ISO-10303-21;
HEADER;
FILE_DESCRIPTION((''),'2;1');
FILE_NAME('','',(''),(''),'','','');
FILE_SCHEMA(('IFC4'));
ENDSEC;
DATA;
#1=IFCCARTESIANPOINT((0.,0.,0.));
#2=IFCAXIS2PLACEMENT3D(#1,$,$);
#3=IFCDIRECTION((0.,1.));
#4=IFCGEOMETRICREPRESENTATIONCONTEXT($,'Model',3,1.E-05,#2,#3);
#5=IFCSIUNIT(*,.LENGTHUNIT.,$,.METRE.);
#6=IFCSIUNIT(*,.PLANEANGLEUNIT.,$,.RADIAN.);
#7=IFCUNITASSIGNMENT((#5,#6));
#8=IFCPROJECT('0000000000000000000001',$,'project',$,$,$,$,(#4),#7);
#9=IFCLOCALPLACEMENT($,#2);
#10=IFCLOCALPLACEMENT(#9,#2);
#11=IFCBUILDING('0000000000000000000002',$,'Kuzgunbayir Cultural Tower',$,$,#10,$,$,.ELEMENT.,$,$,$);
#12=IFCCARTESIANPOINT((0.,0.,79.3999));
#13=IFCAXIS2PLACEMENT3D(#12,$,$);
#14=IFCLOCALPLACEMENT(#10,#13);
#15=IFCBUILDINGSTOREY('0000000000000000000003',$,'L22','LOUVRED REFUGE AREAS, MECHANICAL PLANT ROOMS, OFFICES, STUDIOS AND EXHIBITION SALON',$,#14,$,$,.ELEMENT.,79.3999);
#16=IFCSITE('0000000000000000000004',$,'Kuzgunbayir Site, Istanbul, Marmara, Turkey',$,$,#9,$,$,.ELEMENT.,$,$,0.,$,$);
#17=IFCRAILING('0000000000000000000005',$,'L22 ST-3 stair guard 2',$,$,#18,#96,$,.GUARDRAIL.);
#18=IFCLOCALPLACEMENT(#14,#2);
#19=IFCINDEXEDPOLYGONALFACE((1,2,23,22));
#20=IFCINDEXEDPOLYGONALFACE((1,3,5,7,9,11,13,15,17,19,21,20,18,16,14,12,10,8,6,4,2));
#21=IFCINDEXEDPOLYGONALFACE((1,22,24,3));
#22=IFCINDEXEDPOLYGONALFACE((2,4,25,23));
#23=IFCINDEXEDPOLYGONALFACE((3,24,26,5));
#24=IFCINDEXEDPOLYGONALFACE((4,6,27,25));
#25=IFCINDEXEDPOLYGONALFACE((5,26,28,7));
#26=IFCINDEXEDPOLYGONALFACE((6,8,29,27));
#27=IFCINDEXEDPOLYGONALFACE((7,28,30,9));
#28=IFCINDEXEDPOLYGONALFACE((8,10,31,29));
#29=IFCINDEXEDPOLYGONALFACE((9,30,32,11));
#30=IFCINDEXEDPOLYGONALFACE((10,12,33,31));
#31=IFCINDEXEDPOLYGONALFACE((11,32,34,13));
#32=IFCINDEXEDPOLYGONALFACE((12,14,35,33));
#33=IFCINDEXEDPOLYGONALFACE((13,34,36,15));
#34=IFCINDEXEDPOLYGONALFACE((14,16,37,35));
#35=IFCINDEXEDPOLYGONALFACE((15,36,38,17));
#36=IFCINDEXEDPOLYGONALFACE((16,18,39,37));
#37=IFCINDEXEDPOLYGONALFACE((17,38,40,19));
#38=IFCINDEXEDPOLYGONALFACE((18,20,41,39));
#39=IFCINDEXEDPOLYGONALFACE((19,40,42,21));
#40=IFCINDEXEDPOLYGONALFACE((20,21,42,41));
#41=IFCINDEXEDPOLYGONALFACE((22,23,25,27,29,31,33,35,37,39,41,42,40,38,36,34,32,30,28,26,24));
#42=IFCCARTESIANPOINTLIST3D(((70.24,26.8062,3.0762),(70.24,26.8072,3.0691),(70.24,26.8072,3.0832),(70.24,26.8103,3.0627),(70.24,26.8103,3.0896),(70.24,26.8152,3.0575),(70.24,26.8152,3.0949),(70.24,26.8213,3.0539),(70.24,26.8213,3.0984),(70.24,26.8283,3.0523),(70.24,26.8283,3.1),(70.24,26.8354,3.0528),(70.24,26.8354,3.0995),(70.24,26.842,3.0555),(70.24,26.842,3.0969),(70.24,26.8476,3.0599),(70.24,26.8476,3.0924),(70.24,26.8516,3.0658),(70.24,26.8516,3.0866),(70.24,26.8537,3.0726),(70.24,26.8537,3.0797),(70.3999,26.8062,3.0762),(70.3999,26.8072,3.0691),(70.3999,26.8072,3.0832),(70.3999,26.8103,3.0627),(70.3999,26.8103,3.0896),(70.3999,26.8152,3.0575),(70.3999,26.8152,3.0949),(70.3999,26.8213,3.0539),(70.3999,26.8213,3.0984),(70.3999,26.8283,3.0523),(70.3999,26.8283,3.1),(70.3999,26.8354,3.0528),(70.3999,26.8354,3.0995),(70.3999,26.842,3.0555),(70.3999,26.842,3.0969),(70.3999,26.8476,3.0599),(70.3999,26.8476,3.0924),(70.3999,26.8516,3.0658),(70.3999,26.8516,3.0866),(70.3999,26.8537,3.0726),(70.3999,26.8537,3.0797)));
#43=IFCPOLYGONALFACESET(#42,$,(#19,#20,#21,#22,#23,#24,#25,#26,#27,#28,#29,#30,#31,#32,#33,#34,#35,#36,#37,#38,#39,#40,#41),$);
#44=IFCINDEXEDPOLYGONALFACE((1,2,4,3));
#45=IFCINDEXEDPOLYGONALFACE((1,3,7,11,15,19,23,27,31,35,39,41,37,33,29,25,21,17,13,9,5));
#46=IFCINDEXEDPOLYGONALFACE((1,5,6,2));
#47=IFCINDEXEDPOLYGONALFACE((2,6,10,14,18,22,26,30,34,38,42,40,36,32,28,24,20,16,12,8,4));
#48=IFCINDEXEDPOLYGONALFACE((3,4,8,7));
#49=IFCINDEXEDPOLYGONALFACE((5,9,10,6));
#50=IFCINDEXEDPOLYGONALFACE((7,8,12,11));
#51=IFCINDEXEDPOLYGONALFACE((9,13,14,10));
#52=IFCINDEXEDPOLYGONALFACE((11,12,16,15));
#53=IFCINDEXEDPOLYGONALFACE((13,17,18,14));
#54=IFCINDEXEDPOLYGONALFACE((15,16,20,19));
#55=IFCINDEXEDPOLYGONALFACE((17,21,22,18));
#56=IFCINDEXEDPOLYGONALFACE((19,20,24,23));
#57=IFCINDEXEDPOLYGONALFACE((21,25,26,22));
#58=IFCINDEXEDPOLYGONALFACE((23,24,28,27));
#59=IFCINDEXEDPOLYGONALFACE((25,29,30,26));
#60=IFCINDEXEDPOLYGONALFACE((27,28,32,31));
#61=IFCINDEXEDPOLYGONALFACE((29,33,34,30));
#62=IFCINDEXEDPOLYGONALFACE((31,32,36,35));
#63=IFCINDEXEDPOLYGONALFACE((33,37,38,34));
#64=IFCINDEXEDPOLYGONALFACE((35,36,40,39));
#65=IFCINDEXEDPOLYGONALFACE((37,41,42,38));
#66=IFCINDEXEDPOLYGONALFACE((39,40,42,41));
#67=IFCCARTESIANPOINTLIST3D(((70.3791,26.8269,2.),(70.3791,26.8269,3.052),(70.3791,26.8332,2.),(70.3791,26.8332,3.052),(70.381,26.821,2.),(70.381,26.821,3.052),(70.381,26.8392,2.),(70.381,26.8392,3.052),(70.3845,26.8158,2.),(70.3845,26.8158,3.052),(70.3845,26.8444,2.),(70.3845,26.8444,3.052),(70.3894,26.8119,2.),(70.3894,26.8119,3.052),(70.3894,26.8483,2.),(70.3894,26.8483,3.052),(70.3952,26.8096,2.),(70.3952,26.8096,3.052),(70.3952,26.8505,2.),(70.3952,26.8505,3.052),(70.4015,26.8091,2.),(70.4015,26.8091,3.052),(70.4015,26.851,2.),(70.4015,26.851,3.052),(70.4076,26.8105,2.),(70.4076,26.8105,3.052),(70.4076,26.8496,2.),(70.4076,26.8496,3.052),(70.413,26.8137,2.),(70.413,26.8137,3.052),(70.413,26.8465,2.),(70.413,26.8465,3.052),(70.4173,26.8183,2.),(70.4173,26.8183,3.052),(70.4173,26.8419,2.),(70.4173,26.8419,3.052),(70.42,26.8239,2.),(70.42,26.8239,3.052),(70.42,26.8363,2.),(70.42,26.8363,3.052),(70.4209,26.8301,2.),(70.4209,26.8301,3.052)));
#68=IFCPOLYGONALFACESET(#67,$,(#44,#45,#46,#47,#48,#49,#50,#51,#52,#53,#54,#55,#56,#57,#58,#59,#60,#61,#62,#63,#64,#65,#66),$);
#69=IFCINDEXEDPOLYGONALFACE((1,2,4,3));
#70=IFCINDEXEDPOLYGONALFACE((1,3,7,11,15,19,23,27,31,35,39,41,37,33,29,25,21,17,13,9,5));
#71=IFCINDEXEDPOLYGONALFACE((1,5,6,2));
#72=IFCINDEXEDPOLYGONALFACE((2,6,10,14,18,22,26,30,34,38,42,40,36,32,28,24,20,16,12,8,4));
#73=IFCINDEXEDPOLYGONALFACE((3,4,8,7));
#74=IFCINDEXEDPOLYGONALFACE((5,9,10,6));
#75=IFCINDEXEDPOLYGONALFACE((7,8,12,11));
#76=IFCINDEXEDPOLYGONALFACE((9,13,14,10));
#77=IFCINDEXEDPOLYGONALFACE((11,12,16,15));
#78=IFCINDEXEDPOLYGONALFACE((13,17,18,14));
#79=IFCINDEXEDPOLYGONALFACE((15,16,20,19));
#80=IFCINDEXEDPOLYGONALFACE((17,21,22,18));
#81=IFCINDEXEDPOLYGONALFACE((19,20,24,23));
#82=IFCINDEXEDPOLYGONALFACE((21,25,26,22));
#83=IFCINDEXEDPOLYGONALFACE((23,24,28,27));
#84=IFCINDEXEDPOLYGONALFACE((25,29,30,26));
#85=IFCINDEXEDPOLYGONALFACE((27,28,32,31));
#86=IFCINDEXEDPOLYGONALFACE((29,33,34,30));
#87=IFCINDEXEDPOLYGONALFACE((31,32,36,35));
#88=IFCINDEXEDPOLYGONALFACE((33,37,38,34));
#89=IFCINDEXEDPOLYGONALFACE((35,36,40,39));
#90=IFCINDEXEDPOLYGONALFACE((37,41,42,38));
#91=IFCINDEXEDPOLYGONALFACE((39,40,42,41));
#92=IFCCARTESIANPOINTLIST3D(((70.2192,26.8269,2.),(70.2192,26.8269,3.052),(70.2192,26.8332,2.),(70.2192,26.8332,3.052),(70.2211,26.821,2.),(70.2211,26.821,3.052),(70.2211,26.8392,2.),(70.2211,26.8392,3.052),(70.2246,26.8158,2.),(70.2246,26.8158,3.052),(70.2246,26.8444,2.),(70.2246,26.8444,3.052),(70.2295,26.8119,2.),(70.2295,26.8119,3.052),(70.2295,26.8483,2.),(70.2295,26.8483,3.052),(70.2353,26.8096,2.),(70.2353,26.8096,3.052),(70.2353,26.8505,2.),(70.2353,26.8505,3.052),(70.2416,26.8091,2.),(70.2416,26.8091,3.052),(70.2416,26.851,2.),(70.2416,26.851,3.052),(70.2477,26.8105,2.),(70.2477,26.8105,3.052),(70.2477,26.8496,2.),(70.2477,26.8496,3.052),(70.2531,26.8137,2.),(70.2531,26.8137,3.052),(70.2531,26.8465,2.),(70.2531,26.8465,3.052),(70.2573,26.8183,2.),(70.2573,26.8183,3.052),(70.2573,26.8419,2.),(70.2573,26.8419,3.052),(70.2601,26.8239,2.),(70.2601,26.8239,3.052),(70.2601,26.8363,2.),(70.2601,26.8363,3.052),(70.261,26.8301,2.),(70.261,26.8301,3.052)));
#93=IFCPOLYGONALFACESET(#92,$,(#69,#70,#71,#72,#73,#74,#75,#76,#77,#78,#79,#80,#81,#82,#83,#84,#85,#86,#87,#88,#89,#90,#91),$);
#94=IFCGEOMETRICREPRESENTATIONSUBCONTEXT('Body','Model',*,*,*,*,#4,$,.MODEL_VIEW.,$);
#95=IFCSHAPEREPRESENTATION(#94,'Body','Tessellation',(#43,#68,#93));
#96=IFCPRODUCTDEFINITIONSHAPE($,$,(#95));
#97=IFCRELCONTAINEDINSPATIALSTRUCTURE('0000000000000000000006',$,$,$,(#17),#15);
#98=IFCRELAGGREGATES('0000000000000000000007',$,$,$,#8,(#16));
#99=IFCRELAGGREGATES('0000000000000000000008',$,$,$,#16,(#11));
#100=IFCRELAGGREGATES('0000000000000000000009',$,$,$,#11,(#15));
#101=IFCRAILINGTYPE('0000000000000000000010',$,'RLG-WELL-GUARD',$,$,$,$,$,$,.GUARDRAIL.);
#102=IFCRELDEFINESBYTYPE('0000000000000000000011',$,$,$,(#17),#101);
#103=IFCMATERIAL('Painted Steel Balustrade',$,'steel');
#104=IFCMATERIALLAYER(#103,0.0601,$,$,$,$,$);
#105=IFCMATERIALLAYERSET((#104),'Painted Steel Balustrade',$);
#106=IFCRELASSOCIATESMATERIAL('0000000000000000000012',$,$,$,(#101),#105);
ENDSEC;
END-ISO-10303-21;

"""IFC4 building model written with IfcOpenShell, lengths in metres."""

from ifc_helpers import new_model, si_unit, direction, frame, origin, origin_2d, place, context, subcontext, project, spatial, circle, extrude, material, layer, layer_set, type_object, element, save


model = new_model("IFC4")

# Units and contexts
model_context = context("Model", 3, precision=1e-05, world=origin(), true_north=direction((0.0, 1.0)))
body_context = subcontext(model_context, "Body", "Model", "MODEL_VIEW")
ifc_project = project(units=[si_unit("LENGTHUNIT", "METRE"), si_unit("PLANEANGLEUNIT", "RADIAN")], contexts=[model_context])

# Site, building, storey
site_placement = place(None, origin())
site = spatial("IfcSite", under=ifc_project, at=site_placement, Name="Kuzgunbayir Site, Istanbul, Marmara, Turkey", CompositionType="ELEMENT", RefElevation=0.0)
building_placement = place(site_placement, origin())
building = spatial("IfcBuilding", under=site, at=building_placement, Name="Kuzgunbayir Cultural Tower", CompositionType="ELEMENT")
storey_placement = place(building_placement, frame((0.0, 0.0, 79.3999)))
storey = spatial("IfcBuildingStorey", under=building, at=storey_placement, Name="L22", Description="LOUVRED REFUGE AREAS, MECHANICAL PLANT ROOMS, OFFICES, STUDIOS AND EXHIBITION SALON", CompositionType="ELEMENT", Elevation=79.3999)

# Railing
ifc_material_1 = material(Name="Painted Steel Balustrade", Category="steel")
ifc_layer_1 = layer(ifc_material_1, 0.0601)
ifc_layer_set_1 = layer_set([ifc_layer_1], Name="Painted Steel Balustrade")
railing_type_1 = type_object("IfcRailingType", Name="RLG-WELL-GUARD", PredefinedType="GUARDRAIL", material=ifc_layer_set_1)
railing_1_placement = place(storey_placement, frame((70.3999, 26.8301, 2.0)))
element("IfcRailing", 1, at=railing_1_placement, inside=storey, type_object=railing_type_1, Name="L22 ST-3 stair guard 2", PredefinedType="GUARDRAIL", context=body_context, shape_type="SweptSolid", body=[
    extrude(circle(Radius=0.0239, at=origin_2d()), frame((0.0, 0.0, 1.0762), z_axis=(-1.0, 0.0, 0.0), x_axis=(0.0, -1.0, 0.0)), (0.0, 0.0, 1.0), 0.1599),
    extrude(circle(Radius=0.021, at=origin_2d()), origin(), (0.0, 0.0, 1.0), 1.052),
    extrude(circle(Radius=0.021, at=origin_2d()), frame((-0.1599, 0.0, 0.0)), (0.0, 0.0, 1.0), 1.052),
])

save(model, "model.ifc")
